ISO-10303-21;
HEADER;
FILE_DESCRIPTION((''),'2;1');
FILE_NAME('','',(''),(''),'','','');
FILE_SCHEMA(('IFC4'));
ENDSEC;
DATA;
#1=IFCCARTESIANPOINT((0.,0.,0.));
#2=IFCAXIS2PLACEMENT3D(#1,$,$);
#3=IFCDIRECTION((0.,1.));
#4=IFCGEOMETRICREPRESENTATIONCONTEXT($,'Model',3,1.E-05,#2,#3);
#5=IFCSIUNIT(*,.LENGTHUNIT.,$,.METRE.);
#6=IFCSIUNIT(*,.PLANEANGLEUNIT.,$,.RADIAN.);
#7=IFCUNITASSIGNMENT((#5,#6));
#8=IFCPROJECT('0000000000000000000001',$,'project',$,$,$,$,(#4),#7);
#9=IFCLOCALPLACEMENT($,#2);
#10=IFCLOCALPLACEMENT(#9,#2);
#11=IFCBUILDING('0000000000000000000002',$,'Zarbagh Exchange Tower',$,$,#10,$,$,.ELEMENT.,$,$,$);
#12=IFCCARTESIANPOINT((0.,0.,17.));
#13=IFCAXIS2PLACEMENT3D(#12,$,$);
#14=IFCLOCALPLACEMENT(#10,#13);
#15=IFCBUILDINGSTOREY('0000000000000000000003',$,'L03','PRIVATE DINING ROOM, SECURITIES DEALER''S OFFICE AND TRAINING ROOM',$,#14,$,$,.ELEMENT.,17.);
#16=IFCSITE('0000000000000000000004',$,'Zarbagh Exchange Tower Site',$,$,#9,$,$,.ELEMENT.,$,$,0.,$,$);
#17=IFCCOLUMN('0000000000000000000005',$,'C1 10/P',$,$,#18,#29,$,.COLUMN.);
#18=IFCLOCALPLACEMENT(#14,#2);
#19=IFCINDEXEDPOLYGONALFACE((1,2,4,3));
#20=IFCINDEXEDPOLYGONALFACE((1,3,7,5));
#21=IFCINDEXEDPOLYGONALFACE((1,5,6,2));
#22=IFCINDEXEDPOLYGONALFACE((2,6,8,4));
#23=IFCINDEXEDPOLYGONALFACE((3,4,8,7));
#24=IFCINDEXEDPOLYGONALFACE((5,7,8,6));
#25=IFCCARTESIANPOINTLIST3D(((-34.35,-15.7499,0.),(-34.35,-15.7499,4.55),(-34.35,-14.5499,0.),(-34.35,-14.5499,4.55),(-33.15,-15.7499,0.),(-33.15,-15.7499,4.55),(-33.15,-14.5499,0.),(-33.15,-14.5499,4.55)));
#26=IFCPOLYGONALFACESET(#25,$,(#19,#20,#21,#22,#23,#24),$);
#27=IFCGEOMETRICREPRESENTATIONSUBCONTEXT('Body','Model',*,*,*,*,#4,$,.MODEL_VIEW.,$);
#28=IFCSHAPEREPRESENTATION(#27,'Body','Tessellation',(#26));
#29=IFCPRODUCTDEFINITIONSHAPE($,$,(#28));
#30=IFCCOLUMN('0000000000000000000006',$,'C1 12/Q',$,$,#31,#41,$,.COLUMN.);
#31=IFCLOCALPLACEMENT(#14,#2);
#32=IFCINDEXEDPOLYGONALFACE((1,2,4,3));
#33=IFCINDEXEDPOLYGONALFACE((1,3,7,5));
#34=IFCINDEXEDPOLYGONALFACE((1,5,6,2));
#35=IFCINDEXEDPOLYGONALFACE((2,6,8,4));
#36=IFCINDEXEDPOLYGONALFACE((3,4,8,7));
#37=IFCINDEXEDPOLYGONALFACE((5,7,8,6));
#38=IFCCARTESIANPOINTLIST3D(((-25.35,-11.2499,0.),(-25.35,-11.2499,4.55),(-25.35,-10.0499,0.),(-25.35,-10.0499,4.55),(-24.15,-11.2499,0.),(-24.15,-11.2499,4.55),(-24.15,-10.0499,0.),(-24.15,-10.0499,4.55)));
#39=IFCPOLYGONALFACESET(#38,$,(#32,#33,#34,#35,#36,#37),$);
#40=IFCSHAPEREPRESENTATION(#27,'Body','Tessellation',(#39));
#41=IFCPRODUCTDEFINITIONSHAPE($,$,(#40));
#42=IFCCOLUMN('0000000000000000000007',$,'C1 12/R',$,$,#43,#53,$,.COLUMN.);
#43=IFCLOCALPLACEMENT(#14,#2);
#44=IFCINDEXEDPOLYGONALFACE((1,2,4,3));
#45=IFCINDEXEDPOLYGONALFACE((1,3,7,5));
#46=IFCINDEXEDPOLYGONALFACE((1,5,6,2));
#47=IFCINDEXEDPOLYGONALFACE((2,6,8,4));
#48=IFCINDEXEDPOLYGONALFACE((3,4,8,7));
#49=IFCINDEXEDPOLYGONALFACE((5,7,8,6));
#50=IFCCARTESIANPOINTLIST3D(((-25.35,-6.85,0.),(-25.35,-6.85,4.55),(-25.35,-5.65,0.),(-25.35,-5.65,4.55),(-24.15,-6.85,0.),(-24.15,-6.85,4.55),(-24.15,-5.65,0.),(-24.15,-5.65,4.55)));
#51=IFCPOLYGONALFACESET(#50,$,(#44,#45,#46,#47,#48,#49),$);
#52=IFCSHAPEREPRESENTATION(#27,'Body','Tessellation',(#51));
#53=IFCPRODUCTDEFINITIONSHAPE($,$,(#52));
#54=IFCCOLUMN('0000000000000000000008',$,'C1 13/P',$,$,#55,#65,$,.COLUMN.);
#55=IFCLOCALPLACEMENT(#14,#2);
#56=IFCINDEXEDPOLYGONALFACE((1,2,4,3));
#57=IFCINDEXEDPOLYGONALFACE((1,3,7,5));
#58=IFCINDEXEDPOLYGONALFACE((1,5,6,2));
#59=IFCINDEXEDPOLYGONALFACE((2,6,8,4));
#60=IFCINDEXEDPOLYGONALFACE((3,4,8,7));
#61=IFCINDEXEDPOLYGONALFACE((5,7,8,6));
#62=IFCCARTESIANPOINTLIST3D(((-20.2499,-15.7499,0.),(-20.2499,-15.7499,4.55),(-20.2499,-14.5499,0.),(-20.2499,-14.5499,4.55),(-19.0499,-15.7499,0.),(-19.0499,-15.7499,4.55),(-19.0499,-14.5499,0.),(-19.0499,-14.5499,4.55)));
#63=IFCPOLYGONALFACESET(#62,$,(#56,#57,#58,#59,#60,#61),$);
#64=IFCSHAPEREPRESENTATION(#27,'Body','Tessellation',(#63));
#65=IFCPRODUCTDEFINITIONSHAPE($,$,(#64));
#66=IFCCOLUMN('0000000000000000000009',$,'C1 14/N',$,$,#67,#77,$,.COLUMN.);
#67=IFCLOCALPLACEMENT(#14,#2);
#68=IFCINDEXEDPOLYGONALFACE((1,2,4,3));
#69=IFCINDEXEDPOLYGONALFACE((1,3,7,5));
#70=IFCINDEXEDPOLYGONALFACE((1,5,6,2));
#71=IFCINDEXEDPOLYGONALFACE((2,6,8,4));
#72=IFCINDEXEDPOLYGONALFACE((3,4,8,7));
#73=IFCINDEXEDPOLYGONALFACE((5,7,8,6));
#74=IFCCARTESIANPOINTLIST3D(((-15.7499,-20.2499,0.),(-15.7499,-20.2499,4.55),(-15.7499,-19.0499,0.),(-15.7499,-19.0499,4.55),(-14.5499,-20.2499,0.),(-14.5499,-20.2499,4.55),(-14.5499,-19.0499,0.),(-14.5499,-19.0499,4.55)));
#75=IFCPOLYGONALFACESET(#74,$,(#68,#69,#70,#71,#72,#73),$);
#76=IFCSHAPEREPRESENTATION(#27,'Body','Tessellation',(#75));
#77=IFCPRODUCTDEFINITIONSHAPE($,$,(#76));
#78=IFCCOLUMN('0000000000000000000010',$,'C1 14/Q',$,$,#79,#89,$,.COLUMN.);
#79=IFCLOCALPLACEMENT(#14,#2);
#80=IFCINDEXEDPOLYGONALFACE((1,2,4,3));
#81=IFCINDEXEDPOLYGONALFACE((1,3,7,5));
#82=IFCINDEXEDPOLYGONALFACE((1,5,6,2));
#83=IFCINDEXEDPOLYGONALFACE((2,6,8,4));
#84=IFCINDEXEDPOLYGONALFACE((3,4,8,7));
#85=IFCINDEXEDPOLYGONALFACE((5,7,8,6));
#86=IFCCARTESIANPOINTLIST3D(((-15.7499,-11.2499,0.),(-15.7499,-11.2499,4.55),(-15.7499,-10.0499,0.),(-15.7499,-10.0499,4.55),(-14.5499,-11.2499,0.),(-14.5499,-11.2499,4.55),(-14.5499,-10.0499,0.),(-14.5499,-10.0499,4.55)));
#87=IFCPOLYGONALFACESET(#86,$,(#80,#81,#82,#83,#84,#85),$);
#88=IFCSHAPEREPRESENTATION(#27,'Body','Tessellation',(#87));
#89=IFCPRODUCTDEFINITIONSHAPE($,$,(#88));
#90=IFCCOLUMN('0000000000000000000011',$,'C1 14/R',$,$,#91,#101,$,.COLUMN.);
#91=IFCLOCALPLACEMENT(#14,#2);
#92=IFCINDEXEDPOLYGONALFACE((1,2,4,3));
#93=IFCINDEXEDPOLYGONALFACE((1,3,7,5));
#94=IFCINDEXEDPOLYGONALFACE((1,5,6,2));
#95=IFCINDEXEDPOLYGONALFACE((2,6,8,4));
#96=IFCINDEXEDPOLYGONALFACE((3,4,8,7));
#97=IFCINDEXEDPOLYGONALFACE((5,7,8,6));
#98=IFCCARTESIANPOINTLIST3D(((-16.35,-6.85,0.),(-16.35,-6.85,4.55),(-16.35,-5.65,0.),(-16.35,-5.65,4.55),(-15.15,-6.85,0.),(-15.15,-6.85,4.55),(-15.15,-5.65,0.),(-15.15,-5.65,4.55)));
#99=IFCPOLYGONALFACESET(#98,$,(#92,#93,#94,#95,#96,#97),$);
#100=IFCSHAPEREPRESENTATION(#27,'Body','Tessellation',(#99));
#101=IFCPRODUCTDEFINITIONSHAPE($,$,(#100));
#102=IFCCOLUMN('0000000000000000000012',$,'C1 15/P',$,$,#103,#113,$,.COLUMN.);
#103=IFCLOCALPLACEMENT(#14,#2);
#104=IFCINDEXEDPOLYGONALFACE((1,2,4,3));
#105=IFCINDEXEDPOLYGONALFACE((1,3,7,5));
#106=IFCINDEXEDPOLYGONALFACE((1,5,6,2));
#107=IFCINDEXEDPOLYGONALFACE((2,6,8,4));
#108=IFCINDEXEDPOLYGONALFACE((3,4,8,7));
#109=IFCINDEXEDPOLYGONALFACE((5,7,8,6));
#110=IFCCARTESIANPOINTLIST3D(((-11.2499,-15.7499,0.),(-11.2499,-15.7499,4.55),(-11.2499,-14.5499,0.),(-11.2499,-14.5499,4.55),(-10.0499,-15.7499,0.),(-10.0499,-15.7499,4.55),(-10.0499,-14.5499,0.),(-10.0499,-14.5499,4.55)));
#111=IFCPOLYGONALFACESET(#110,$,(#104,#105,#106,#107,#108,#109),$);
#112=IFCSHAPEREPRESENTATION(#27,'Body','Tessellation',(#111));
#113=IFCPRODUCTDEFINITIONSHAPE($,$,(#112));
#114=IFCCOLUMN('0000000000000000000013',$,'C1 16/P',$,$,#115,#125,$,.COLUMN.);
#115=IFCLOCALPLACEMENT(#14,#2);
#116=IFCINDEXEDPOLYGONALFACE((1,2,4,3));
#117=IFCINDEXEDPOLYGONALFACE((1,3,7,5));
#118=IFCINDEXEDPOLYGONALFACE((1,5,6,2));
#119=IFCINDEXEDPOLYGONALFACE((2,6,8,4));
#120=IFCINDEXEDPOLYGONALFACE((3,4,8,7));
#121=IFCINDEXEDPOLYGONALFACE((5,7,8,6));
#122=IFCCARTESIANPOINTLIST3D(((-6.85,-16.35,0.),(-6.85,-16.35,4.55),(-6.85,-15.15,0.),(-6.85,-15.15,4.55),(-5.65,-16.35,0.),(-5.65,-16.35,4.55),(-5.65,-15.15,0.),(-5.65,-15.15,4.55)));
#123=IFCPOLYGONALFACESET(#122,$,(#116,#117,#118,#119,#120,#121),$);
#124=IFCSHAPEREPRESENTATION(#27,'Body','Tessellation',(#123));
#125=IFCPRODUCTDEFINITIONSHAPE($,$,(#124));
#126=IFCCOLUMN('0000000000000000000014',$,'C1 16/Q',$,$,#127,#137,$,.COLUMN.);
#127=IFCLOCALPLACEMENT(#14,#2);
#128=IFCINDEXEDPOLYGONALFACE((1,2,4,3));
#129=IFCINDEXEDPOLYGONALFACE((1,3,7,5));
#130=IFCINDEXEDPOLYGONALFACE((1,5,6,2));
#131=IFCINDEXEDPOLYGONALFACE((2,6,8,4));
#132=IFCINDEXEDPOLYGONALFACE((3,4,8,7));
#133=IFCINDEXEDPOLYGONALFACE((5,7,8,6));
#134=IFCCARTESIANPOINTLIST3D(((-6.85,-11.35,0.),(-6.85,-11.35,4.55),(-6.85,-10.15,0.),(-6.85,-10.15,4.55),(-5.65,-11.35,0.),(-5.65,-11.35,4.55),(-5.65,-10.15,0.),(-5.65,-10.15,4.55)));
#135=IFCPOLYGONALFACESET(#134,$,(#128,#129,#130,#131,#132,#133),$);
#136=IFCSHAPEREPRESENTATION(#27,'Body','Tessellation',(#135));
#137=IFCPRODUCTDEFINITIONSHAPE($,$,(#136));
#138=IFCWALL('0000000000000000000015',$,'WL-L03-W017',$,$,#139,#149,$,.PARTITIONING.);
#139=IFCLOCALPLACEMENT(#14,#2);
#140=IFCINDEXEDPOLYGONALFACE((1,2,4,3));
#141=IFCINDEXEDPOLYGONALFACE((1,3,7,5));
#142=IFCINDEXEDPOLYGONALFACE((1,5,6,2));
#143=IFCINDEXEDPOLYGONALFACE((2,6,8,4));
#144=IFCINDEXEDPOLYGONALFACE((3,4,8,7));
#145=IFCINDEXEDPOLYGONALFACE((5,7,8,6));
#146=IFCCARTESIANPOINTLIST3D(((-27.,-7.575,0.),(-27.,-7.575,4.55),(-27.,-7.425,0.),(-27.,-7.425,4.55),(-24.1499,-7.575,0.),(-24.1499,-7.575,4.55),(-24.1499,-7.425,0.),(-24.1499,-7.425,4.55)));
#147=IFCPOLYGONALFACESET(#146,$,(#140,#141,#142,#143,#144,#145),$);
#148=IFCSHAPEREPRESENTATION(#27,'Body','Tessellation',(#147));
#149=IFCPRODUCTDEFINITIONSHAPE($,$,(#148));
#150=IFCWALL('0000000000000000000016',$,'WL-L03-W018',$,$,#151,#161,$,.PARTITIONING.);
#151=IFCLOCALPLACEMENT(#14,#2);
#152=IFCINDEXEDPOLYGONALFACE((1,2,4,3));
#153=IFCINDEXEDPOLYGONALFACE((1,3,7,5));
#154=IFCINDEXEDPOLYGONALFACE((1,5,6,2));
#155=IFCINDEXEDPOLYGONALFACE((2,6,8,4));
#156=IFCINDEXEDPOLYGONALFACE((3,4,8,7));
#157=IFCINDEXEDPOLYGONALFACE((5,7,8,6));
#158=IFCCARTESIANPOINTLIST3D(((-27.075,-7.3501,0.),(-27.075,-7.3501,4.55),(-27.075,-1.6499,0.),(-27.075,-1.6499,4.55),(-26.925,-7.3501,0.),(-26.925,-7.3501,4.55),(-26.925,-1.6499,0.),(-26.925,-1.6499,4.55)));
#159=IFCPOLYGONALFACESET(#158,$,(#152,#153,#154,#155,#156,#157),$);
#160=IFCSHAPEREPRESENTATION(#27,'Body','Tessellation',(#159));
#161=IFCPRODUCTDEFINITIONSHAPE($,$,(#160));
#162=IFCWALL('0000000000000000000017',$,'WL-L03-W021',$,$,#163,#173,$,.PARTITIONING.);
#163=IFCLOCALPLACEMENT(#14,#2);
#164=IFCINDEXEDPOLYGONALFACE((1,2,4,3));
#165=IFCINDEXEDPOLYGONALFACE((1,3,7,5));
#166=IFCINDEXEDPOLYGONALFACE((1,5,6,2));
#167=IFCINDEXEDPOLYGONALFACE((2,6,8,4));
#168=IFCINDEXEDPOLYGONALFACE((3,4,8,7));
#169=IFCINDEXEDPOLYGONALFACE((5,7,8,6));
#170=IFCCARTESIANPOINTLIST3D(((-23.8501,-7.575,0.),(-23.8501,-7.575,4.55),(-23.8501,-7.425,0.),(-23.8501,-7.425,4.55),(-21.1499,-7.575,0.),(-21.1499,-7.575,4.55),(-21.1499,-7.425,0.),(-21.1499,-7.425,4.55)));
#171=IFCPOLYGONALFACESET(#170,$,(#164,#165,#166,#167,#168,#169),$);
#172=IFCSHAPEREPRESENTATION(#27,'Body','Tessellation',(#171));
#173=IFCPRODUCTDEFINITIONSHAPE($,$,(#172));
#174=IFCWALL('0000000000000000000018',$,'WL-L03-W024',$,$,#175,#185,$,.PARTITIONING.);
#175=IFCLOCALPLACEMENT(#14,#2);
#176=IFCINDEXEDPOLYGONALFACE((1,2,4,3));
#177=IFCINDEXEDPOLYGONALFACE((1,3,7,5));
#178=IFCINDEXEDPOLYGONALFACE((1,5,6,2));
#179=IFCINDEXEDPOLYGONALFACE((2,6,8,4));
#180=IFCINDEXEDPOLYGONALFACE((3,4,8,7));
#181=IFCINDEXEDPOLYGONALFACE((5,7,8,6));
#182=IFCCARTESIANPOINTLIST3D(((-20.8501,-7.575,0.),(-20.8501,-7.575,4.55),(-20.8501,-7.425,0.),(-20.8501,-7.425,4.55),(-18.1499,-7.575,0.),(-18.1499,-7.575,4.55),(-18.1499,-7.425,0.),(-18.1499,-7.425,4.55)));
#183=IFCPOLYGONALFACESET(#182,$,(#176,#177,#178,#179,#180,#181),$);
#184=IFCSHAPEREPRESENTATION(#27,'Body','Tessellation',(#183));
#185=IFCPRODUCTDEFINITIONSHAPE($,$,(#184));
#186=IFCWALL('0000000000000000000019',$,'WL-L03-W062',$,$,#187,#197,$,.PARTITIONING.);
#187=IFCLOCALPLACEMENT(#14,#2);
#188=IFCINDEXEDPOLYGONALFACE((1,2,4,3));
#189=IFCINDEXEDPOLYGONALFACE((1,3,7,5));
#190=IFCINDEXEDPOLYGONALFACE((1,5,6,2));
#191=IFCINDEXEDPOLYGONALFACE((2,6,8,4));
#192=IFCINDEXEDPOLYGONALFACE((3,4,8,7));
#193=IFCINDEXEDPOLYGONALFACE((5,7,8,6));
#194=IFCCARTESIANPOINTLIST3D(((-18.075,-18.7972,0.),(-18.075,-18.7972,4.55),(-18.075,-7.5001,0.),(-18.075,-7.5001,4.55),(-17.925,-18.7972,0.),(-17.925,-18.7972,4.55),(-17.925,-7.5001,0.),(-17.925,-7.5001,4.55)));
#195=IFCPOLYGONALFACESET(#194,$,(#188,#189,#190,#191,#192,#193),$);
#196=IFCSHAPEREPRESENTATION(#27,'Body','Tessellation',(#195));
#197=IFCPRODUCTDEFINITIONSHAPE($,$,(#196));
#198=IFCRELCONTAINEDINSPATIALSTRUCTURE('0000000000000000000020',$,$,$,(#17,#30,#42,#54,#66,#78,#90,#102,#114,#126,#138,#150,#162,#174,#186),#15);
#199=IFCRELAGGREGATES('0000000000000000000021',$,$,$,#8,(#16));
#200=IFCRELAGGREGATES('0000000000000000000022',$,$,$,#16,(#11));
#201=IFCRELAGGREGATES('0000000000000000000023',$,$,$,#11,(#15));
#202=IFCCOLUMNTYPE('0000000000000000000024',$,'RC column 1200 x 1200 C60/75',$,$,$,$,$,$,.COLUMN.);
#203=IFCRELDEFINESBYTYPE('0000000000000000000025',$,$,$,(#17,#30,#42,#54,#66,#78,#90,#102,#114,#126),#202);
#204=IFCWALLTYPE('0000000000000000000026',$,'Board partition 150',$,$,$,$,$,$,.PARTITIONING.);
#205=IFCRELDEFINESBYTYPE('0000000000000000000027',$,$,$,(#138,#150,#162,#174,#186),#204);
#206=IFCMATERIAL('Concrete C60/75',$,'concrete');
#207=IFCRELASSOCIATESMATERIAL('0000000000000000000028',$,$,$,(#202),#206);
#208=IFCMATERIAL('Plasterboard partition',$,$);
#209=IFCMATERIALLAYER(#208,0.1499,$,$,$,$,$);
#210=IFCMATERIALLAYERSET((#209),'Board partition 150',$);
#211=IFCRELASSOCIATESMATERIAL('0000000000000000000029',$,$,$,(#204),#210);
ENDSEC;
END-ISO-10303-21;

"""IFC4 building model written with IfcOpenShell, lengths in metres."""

from ifc_helpers import new_model, si_unit, direction, frame, frame_2d, origin, origin_2d, place, context, subcontext, project, spatial, rectangle, extrude, material, layer, layer_set, material_profile, profile_set, type_object, element, save


model = new_model("IFC4")

# Units and contexts
model_context = context("Model", 3, precision=1e-05, world=origin(), true_north=direction((0.0, 1.0)))
body_context = subcontext(model_context, "Body", "Model", "MODEL_VIEW")
ifc_project = project(units=[si_unit("LENGTHUNIT", "METRE"), si_unit("PLANEANGLEUNIT", "RADIAN")], contexts=[model_context])

# Site, building, storey
site_placement = place(None, origin())
site = spatial("IfcSite", under=ifc_project, at=site_placement, Name="Zarbagh Exchange Tower Site", CompositionType="ELEMENT", RefElevation=0.0)
building_placement = place(site_placement, origin())
building = spatial("IfcBuilding", under=site, at=building_placement, Name="Zarbagh Exchange Tower", CompositionType="ELEMENT")
storey_placement = place(building_placement, frame((0.0, 0.0, 17.0)))
storey = spatial("IfcBuildingStorey", under=building, at=storey_placement, Name="L03", Description="PRIVATE DINING ROOM, SECURITIES DEALER'S OFFICE AND TRAINING ROOM", CompositionType="ELEMENT", Elevation=17.0)

# Columns
ifc_material_1 = material(Name="Concrete C60/75", Category="concrete")
ifc_material_profile = material_profile(ifc_material_1, rectangle(XDim=1.2, YDim=1.2, at=origin_2d()), Name="RC column 1200 x 1200 C60/75")
ifc_profile_set = profile_set([ifc_material_profile], Name="Concrete C60/75")
column_type = type_object("IfcColumnType", Name="RC column 1200 x 1200 C60/75", PredefinedType="COLUMN", material=ifc_profile_set)
for number, where, z_axis, x_axis, name in (
    (1, (-33.75, -15.1499, 0.0), (0.0, 0.0, 1.0), (1.0, 0.0, 0.0), "C1 10/P"),
    (2, (-24.75, -10.6499, 0.0), (0.0, 0.0, 1.0), (1.0, 0.0, 0.0), "C1 12/Q"),
    (3, (-24.75, -6.25, 0.0), (0.0, 0.0, 1.0), (1.0, 0.0, 0.0), "C1 12/R"),
    (4, (-19.6499, -15.1499, 0.0), (0.0, 0.0, 1.0), (1.0, 0.0, 0.0), "C1 13/P"),
    (5, (-15.1499, -19.6499, 0.0), (0.0, 0.0, 1.0), (1.0, 0.0, 0.0), "C1 14/N"),
    (6, (-15.1499, -10.6499, 0.0), (0.0, 0.0, 1.0), (1.0, 0.0, 0.0), "C1 14/Q"),
    (7, (-15.75, -6.25, 0.0), (0.0, 0.0, 1.0), (1.0, 0.0, 0.0), "C1 14/R"),
    (8, (-10.6499, -15.1499, 0.0), (0.0, 0.0, 1.0), (1.0, 0.0, 0.0), "C1 15/P"),
    (9, (-6.25, -15.75, 0.0), (0.0, 0.0, 1.0), (1.0, 0.0, 0.0), "C1 16/P"),
    (10, (-6.25, -10.75, 0.0), (0.0, 0.0, 1.0), (1.0, 0.0, 0.0), "C1 16/Q"),
):
    element("IfcColumn", number, at=place(storey_placement, frame(where, z_axis=z_axis, x_axis=x_axis)), inside=storey, type_object=column_type, Name=name, PredefinedType="COLUMN", context=body_context, shape_type="SweptSolid", body=[
        extrude(rectangle(XDim=1.2, YDim=1.2, at=origin_2d()), origin(), (0.0, 0.0, 1.0), 4.55),
    ])

# Walls
ifc_material_2 = material(Name="Plasterboard partition")
ifc_layer_1 = layer(ifc_material_2, 0.1499)
ifc_layer_set_1 = layer_set([ifc_layer_1], Name="Board partition 150")
wall_type_1 = type_object("IfcWallType", Name="Board partition 150", PredefinedType="PARTITIONING", material=ifc_layer_set_1)
wall_1_placement = place(storey_placement, frame((-24.1499, -7.5, 0.0), z_axis=(0.0, 0.0, 1.0), x_axis=(-1.0, 0.0, 0.0)))
element("IfcWall", 11, at=wall_1_placement, inside=storey, type_object=wall_type_1, Name="WL-L03-W017", PredefinedType="PARTITIONING", context=body_context, shape_type="SweptSolid", body=[
    extrude(rectangle(XDim=2.8501, YDim=0.1499, at=frame_2d((1.425, 0.0))), origin(), (0.0, 0.0, 1.0), 4.55),
])
wall_2_placement = place(storey_placement, frame((-27.0, -7.3501, 0.0), z_axis=(0.0, 0.0, 1.0), x_axis=(0.0, 1.0, 0.0)))
element("IfcWall", 12, at=wall_2_placement, inside=storey, type_object=wall_type_1, Name="WL-L03-W018", PredefinedType="PARTITIONING", context=body_context, shape_type="SweptSolid", body=[
    extrude(rectangle(XDim=5.7002, YDim=0.1499, at=frame_2d((2.8501, 0.0))), origin(), (0.0, 0.0, 1.0), 4.55),
])
for number, where, z_axis, x_axis, name in (
    (13, (-21.1499, -7.5, 0.0), (0.0, 0.0, 1.0), (-1.0, 0.0, 0.0), "WL-L03-W021"),
    (14, (-18.1499, -7.5, 0.0), (0.0, 0.0, 1.0), (-1.0, 0.0, 0.0), "WL-L03-W024"),
):
    element("IfcWall", number, at=place(storey_placement, frame(where, z_axis=z_axis, x_axis=x_axis)), inside=storey, type_object=wall_type_1, Name=name, PredefinedType="PARTITIONING", context=body_context, shape_type="SweptSolid", body=[
        extrude(rectangle(XDim=2.7002, YDim=0.1499, at=frame_2d((1.3501, 0.0))), origin(), (0.0, 0.0, 1.0), 4.55),
    ])
wall_3_placement = place(storey_placement, frame((-18.0, -18.7971, 0.0), z_axis=(0.0, 0.0, 1.0), x_axis=(0.0, 1.0, 0.0)))
element("IfcWall", 15, at=wall_3_placement, inside=storey, type_object=wall_type_1, Name="WL-L03-W062", PredefinedType="PARTITIONING", context=body_context, shape_type="SweptSolid", body=[
    extrude(rectangle(XDim=11.2971, YDim=0.1499, at=frame_2d((5.6484, 0.0))), origin(), (0.0, 0.0, 1.0), 4.55),
])

save(model, "model.ifc")
